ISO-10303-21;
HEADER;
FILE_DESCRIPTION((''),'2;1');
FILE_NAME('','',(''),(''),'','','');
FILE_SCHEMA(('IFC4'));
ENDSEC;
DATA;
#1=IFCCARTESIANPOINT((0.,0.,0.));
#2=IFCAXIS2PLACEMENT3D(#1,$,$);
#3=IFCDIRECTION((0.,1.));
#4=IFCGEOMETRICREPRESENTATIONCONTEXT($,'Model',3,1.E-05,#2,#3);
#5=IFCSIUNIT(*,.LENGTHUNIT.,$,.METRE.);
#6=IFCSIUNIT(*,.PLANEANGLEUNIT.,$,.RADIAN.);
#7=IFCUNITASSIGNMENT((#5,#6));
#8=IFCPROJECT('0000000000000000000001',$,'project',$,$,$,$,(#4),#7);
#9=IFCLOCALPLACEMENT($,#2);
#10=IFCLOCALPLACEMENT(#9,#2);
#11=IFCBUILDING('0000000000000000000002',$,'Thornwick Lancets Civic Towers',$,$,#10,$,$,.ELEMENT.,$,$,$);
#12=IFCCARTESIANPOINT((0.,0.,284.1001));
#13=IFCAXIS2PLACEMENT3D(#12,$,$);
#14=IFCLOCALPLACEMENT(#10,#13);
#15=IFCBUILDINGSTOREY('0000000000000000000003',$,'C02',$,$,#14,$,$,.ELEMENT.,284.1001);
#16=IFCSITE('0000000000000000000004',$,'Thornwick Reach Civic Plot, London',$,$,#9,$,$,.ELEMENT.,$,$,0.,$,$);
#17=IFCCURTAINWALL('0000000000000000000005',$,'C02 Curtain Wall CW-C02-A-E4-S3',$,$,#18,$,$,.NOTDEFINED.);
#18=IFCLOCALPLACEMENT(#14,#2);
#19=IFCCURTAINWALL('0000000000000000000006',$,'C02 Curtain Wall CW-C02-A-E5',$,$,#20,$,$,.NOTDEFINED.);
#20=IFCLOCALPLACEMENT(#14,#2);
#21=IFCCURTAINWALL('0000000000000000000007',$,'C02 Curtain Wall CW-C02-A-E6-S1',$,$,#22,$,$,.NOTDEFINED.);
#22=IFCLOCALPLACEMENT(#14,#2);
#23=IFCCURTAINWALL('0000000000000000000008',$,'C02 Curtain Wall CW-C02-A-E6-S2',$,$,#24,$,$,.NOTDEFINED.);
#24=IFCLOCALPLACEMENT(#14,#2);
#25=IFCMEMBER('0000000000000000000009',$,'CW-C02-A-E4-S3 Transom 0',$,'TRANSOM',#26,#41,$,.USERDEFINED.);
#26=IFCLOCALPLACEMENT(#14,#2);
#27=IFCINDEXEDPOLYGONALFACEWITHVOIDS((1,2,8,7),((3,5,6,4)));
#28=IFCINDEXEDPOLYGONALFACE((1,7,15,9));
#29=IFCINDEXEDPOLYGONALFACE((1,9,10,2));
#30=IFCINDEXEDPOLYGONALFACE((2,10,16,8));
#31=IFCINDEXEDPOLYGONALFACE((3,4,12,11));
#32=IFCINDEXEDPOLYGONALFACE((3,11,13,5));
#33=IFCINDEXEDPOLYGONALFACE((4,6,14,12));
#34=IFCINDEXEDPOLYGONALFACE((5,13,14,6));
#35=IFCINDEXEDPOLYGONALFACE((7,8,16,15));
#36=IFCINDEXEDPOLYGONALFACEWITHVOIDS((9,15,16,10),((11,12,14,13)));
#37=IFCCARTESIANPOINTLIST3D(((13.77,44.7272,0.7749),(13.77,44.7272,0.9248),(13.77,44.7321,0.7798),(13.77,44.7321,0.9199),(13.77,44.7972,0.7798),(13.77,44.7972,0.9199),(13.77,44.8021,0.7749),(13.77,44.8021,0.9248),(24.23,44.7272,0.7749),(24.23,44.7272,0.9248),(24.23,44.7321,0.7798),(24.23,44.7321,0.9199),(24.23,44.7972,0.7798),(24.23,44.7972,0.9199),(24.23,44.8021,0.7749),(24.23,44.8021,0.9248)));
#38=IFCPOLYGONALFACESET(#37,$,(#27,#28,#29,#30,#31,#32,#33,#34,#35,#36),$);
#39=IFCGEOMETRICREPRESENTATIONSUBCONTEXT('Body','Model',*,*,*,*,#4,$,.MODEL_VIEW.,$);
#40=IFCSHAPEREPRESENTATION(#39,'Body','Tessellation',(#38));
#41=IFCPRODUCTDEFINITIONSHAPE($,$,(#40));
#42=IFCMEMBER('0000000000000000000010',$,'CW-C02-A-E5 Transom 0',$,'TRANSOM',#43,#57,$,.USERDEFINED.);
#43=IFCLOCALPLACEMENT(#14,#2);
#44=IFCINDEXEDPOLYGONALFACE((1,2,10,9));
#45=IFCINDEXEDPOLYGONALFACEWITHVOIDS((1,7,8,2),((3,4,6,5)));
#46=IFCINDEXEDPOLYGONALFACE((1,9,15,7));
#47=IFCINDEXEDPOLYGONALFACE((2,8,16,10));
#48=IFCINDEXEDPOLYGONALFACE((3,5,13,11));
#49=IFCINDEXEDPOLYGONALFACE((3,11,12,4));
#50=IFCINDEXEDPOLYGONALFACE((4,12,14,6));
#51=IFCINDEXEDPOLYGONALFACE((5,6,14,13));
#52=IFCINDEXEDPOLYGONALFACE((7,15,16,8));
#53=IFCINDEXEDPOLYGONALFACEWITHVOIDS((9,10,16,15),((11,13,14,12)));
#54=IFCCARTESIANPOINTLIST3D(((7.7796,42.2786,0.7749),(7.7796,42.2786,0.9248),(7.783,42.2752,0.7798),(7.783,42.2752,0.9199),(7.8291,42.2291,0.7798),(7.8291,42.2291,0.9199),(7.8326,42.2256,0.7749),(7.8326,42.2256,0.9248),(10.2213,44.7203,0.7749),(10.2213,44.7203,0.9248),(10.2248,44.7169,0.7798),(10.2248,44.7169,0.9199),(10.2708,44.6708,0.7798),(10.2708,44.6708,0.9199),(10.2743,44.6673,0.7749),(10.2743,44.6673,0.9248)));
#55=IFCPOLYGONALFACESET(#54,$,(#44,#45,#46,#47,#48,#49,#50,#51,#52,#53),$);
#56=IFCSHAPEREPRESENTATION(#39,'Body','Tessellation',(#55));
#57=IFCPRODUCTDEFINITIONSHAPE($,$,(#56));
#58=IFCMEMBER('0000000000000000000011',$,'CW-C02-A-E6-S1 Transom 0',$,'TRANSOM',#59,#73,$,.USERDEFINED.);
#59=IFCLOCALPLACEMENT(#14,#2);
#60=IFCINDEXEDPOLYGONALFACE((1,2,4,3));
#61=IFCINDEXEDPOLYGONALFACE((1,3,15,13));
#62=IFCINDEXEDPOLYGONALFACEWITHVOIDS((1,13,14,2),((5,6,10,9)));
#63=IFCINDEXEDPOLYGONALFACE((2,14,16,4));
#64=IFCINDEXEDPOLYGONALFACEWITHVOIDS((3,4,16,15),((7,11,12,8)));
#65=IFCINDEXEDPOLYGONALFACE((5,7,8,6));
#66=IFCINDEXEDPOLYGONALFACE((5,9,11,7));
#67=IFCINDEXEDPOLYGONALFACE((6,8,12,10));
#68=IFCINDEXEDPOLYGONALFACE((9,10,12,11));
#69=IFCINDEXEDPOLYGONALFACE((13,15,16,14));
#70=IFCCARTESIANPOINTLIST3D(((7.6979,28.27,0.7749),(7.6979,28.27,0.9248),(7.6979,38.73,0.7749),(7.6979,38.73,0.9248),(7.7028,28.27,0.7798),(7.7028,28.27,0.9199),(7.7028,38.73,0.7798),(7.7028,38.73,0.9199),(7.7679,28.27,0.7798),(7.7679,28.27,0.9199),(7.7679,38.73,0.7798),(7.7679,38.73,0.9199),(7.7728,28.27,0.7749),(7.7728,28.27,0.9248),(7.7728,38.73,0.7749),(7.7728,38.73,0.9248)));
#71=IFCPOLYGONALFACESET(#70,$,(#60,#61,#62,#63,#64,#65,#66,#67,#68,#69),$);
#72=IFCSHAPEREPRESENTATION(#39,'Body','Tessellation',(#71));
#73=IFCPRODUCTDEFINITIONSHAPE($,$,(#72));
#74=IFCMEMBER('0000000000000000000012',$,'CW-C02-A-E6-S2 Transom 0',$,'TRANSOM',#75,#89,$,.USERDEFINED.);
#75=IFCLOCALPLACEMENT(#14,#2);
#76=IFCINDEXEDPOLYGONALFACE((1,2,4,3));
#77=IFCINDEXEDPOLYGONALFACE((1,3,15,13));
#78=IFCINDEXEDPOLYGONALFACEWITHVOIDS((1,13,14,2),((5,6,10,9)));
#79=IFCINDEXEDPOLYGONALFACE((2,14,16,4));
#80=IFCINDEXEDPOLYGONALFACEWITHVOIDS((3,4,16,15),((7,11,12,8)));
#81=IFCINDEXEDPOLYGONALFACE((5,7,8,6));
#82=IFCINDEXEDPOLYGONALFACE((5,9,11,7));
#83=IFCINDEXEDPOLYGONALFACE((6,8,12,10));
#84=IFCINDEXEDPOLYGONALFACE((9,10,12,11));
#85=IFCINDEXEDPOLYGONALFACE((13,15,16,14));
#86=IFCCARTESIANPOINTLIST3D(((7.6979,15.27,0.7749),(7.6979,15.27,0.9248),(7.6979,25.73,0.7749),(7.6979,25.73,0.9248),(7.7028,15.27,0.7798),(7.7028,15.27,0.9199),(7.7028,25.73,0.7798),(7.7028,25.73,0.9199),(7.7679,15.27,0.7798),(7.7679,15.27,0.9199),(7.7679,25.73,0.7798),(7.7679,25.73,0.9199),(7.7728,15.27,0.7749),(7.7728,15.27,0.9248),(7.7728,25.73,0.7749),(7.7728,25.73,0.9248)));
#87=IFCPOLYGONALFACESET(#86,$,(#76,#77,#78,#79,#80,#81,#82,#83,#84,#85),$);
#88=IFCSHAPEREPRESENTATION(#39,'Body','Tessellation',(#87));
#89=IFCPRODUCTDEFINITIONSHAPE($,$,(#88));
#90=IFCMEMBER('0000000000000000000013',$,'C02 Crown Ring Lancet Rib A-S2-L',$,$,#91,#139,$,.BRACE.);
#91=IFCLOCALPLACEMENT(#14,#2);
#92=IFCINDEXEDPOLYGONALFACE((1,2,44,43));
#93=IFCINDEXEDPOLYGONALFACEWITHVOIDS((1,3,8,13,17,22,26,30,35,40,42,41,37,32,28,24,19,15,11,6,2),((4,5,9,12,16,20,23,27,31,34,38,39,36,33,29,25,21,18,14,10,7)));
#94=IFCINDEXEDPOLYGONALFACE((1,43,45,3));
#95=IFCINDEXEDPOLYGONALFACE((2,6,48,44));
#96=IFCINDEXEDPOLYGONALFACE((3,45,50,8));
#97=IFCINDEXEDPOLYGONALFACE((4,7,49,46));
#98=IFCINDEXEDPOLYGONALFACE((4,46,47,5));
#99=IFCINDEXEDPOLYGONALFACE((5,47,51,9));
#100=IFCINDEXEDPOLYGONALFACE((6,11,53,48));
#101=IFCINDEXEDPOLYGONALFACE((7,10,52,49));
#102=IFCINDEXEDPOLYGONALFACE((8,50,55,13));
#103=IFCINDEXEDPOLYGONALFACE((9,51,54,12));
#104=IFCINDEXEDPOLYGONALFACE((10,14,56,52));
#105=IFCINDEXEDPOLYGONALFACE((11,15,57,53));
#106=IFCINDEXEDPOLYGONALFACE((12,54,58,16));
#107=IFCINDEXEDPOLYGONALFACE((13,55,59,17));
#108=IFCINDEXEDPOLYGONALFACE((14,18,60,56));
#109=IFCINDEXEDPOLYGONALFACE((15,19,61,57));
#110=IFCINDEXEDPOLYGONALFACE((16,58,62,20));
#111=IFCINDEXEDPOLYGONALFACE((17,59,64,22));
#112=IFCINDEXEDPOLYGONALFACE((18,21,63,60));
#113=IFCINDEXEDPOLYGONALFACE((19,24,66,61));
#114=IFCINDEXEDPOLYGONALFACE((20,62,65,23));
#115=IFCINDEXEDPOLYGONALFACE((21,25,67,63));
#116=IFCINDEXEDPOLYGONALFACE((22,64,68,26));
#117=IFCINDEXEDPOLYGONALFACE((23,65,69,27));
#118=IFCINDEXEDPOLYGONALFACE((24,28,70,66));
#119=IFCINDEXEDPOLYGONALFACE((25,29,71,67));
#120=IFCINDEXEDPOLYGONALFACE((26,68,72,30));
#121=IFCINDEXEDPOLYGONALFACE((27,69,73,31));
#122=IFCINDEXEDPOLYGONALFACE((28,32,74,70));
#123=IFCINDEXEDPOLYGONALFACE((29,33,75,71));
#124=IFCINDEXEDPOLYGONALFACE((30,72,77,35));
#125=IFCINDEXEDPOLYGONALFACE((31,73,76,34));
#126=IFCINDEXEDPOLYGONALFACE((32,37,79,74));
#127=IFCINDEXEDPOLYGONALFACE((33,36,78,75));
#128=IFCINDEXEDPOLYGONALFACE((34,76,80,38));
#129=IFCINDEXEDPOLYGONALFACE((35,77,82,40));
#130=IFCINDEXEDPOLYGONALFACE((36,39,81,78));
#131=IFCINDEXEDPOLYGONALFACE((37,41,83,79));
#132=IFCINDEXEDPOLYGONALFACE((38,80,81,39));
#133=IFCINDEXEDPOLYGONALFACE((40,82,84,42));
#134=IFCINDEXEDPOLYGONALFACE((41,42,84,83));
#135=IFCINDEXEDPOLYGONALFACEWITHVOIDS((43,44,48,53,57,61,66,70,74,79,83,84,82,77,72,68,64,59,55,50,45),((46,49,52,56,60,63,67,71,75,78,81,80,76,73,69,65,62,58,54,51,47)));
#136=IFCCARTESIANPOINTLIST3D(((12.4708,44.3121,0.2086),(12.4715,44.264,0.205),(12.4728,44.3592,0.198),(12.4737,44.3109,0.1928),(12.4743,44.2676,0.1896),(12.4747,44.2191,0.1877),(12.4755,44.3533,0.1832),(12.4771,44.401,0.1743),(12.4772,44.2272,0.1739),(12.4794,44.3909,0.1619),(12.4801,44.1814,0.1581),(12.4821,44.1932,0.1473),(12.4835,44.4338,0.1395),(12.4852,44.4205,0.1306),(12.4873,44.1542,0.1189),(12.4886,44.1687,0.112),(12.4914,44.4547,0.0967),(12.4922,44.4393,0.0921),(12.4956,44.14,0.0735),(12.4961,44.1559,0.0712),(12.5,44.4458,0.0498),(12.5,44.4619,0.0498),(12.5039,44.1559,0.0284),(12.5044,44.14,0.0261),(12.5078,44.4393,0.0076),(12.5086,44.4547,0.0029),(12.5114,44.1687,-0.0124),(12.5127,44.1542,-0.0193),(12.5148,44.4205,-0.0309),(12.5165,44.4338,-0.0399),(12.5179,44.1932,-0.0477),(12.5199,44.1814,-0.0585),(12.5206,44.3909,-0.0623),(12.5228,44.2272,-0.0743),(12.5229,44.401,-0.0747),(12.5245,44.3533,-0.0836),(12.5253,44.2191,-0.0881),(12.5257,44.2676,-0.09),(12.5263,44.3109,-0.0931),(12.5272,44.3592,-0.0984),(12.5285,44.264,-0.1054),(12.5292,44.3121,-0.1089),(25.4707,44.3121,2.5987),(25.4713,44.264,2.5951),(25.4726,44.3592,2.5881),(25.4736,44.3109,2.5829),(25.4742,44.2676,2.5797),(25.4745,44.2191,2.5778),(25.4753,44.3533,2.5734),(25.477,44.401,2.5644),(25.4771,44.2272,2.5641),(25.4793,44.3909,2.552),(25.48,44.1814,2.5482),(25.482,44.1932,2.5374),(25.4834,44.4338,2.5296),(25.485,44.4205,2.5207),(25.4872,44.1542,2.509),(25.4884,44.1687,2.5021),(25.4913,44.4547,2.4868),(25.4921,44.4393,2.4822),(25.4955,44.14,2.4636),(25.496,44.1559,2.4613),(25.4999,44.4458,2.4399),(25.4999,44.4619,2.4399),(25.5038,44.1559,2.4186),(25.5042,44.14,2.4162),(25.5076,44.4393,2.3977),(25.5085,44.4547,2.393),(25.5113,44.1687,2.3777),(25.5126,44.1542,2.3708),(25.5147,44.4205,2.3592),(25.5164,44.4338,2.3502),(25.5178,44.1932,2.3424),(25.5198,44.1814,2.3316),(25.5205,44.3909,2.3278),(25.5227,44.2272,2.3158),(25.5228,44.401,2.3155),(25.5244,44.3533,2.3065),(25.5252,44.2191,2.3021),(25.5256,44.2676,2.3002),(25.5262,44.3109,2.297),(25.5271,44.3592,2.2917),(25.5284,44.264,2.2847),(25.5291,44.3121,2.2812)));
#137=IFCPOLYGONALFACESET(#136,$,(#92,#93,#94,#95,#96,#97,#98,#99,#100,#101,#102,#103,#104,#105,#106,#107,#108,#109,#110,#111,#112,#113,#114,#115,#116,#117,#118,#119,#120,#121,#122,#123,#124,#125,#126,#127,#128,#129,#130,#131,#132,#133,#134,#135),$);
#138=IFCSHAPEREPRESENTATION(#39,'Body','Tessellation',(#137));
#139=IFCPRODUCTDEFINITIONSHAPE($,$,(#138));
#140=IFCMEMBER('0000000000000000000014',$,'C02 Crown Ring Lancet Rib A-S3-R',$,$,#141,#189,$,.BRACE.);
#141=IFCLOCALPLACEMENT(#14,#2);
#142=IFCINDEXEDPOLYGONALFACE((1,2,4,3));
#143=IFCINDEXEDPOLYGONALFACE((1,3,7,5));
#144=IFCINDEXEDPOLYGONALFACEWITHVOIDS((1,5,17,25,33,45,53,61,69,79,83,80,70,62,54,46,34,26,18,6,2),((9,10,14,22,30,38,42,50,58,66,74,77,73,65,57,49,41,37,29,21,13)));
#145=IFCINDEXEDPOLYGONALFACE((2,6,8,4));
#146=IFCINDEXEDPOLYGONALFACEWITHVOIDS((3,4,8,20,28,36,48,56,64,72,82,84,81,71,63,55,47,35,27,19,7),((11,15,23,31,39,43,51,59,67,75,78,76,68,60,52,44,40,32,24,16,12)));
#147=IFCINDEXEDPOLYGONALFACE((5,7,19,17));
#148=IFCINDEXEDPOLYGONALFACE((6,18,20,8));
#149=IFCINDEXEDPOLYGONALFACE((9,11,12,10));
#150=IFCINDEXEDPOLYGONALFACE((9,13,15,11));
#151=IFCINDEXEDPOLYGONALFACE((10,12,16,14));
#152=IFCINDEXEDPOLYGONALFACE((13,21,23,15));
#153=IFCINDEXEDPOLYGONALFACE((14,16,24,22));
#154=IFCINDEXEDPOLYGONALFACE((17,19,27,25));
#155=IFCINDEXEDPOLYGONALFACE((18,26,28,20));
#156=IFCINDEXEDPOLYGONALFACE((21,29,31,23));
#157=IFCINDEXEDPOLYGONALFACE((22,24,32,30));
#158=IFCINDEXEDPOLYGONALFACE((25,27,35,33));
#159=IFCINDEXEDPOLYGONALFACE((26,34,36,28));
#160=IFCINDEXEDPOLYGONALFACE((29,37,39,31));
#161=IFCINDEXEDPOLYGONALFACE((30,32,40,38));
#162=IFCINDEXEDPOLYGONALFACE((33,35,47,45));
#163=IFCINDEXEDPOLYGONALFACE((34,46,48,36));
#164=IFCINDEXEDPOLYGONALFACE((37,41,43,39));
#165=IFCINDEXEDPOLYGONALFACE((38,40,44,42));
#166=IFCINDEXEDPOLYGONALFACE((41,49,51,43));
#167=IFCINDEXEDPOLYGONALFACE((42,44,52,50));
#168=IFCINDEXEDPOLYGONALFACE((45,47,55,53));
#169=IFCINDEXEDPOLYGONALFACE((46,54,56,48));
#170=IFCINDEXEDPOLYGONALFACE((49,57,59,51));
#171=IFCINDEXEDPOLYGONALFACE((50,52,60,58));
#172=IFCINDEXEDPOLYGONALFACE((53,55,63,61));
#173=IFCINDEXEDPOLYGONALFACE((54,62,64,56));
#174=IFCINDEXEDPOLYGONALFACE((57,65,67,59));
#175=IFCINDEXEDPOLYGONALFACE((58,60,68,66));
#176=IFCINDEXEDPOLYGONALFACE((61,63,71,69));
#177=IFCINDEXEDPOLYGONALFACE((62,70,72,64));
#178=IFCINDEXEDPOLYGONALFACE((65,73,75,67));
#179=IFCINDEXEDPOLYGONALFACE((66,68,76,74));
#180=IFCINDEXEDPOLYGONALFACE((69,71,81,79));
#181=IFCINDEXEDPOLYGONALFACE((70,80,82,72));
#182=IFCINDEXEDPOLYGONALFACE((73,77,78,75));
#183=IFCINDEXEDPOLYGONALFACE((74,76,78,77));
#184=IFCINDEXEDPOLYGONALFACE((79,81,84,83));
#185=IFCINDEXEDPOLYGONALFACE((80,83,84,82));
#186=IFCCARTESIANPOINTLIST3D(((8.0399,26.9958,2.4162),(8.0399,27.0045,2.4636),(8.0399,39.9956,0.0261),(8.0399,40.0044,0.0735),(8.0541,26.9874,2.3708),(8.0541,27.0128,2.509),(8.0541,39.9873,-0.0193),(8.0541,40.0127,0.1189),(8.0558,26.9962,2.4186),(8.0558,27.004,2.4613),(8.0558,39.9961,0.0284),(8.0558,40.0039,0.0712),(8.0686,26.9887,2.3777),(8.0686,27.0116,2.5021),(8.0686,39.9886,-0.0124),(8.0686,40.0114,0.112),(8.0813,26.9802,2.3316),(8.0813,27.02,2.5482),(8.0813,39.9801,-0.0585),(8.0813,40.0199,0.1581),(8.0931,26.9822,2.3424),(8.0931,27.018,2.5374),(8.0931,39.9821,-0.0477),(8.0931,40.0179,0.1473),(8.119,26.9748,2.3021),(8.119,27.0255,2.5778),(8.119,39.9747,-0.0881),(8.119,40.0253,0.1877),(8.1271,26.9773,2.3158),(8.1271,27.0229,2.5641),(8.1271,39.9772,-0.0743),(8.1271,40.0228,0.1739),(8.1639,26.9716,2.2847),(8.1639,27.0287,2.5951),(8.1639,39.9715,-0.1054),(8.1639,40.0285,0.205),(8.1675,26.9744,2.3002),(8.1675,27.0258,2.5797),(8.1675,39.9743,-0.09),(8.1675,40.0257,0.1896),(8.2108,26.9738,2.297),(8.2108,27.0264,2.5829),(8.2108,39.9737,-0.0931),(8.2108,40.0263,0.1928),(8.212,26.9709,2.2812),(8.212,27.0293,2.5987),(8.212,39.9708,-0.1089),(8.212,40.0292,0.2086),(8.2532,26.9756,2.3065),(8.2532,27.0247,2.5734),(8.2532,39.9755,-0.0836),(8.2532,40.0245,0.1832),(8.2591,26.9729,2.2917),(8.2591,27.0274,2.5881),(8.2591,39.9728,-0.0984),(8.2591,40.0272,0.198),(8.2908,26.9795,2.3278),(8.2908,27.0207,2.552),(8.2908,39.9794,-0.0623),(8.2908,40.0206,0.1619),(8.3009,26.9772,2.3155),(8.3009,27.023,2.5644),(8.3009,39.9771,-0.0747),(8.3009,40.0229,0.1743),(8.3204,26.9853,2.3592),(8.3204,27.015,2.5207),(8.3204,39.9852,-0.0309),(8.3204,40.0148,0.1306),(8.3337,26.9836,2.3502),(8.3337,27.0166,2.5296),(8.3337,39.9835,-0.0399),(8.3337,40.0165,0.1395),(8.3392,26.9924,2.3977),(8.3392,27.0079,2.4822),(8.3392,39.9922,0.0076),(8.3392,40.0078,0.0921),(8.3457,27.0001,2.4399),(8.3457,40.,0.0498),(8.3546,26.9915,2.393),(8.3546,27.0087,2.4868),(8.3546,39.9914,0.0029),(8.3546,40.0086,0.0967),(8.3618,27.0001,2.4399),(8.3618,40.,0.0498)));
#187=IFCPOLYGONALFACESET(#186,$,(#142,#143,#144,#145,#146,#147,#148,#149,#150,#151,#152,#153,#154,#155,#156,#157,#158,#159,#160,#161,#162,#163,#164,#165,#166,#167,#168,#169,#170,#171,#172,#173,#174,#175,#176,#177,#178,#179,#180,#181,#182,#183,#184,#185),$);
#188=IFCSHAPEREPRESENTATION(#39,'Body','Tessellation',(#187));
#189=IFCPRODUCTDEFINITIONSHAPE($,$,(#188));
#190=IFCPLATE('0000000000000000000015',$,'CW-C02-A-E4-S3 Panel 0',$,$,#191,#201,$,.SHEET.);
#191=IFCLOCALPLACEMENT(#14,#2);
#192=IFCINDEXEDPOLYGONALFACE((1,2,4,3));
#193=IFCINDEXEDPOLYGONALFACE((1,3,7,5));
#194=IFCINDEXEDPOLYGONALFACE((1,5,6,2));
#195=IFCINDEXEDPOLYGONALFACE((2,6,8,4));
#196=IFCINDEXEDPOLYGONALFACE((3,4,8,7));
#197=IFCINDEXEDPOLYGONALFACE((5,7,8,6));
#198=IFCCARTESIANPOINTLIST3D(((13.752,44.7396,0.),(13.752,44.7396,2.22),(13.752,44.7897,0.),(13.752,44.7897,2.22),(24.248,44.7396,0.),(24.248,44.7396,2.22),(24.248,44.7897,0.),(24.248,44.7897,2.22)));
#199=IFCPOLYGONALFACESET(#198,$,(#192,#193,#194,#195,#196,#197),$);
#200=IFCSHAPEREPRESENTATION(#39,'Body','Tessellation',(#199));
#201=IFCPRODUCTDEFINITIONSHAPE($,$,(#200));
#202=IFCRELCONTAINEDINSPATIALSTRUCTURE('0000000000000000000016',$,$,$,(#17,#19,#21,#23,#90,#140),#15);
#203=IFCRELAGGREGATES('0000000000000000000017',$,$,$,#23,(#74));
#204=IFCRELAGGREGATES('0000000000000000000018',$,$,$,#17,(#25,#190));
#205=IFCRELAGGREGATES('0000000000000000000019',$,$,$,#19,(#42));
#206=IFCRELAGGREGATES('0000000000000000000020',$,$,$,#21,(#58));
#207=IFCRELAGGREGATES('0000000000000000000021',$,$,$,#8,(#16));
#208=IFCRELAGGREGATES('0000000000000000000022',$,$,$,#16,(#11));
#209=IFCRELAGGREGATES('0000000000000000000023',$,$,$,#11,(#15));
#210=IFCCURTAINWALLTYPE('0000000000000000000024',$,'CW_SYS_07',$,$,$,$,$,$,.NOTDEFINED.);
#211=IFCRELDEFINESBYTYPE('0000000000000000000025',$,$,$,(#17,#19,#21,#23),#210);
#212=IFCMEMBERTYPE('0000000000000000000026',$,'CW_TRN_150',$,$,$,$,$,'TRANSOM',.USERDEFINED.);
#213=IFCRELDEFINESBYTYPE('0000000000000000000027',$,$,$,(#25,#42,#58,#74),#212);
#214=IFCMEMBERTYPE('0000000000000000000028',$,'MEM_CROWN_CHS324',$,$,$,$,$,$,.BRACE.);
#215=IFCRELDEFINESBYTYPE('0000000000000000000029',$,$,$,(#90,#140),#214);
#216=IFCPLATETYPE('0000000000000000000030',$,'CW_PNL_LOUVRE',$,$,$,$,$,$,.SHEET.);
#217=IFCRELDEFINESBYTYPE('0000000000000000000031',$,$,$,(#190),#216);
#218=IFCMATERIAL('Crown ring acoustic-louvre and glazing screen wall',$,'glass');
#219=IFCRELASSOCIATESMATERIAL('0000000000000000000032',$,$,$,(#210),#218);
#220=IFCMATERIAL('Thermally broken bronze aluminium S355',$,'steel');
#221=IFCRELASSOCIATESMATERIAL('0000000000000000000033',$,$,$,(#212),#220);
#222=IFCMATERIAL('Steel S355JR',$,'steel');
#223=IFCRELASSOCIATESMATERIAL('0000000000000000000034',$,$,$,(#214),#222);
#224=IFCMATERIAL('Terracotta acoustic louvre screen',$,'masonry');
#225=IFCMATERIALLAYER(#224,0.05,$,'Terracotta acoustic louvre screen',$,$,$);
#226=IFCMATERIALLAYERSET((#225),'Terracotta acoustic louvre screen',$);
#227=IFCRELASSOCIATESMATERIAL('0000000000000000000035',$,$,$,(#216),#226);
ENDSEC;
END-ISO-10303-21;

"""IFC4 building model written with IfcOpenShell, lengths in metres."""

from ifc_helpers import new_model, si_unit, direction, frame, origin, origin_2d, place, context, subcontext, project, spatial, rectangle, hollow_rectangle, hollow_circle, extrude, material, layer, layer_set, material_profile, profile_set, type_object, element, aggregate, save


model = new_model("IFC4")

# Units and contexts
model_context = context("Model", 3, precision=1e-05, world=origin(), true_north=direction((0.0, 1.0)))
body_context = subcontext(model_context, "Body", "Model", "MODEL_VIEW")
ifc_project = project(units=[si_unit("LENGTHUNIT", "METRE"), si_unit("PLANEANGLEUNIT", "RADIAN")], contexts=[model_context])

# Site, building, storey
site_placement = place(None, origin())
site = spatial("IfcSite", under=ifc_project, at=site_placement, Name="Thornwick Reach Civic Plot, London", CompositionType="ELEMENT", RefElevation=0.0)
building_placement = place(site_placement, origin())
building = spatial("IfcBuilding", under=site, at=building_placement, Name="Thornwick Lancets Civic Towers", CompositionType="ELEMENT")
storey_placement = place(building_placement, frame((0.0, 0.0, 284.1001)))
storey = spatial("IfcBuildingStorey", under=building, at=storey_placement, Name="C02", CompositionType="ELEMENT", Elevation=284.1001)

# Shared definitions
ifc_material_1 = material(Name="Steel S355JR", Category="steel")

# Curtain walls
ifc_material_2 = material(Name="Crown ring acoustic-louvre and glazing screen wall", Category="glass")
curtain_wall_type = type_object("IfcCurtainWallType", Name="CW_SYS_07", PredefinedType="NOTDEFINED", material=ifc_material_2)
curtain_wall_1_placement = place(storey_placement, origin())
curtain_wall_1 = element("IfcCurtainWall", 1, at=curtain_wall_1_placement, inside=storey, type_object=curtain_wall_type, Name="C02 Curtain Wall CW-C02-A-E4-S3", PredefinedType="NOTDEFINED")
ifc_material_3 = material(Name="Thermally broken bronze aluminium S355", Category="steel")
curtain_wall_2_placement = place(storey_placement, origin())
curtain_wall_2 = element("IfcCurtainWall", 2, at=curtain_wall_2_placement, inside=storey, type_object=curtain_wall_type, Name="C02 Curtain Wall CW-C02-A-E5", PredefinedType="NOTDEFINED")
curtain_wall_3_placement = place(storey_placement, origin())
curtain_wall_3 = element("IfcCurtainWall", 3, at=curtain_wall_3_placement, inside=storey, type_object=curtain_wall_type, Name="C02 Curtain Wall CW-C02-A-E6-S1", PredefinedType="NOTDEFINED")

# Curtain wall
curtain_wall_4_placement = place(storey_placement, origin())
curtain_wall_4 = element("IfcCurtainWall", 4, at=curtain_wall_4_placement, inside=storey, type_object=curtain_wall_type, Name="C02 Curtain Wall CW-C02-A-E6-S2", PredefinedType="NOTDEFINED")

# Members
ifc_material_profile_1 = material_profile(ifc_material_3, hollow_rectangle(XDim=0.075, YDim=0.1499, WallThickness=0.0049, at=origin_2d()), Name="RHS 150x75x5")
ifc_profile_set_1 = profile_set([ifc_material_profile_1], Name="Thermally broken bronze aluminium S355")
member_type_1 = type_object("IfcMemberType", Name="CW_TRN_150", ElementType="TRANSOM", PredefinedType="USERDEFINED", material=ifc_profile_set_1)
member_1_placement = place(storey_placement, frame((24.23, 44.7646, 0.8499), z_axis=(-1.0, 0.0, 0.0), x_axis=(0.0, -1.0, 0.0)))
member_1 = element("IfcMember", 5, at=member_1_placement, type_object=member_type_1, Name="CW-C02-A-E4-S3 Transom 0", ObjectType="TRANSOM", PredefinedType="USERDEFINED", context=body_context, shape_type="SweptSolid", body=[
    extrude(hollow_rectangle(XDim=0.075, YDim=0.1499, WallThickness=0.0049, at=origin_2d()), origin(), (0.0, 0.0, 1.0), 10.46),
])
member_2_placement = place(storey_placement, frame((10.2478, 44.6938, 0.8499), z_axis=(-0.707107, -0.707107, 0.0), x_axis=(0.707107, -0.707107, 0.0)))
member_2 = element("IfcMember", 6, at=member_2_placement, type_object=member_type_1, Name="CW-C02-A-E5 Transom 0", ObjectType="TRANSOM", PredefinedType="USERDEFINED", context=body_context, shape_type="SweptSolid", body=[
    extrude(hollow_rectangle(XDim=0.075, YDim=0.1499, WallThickness=0.0049, at=origin_2d()), origin(), (0.0, 0.0, 1.0), 3.4531),
])
member_3_placement = place(storey_placement, frame((7.7354, 38.73, 0.8499), z_axis=(0.0, -1.0, 0.0), x_axis=(1.0, 0.0, 0.0)))
member_3 = element("IfcMember", 7, at=member_3_placement, type_object=member_type_1, Name="CW-C02-A-E6-S1 Transom 0", ObjectType="TRANSOM", PredefinedType="USERDEFINED", context=body_context, shape_type="SweptSolid", body=[
    extrude(hollow_rectangle(XDim=0.075, YDim=0.1499, WallThickness=0.0049, at=origin_2d()), origin(), (0.0, 0.0, 1.0), 10.46),
])
member_4_placement = place(storey_placement, frame((7.7354, 25.73, 0.8499), z_axis=(0.0, -1.0, 0.0), x_axis=(1.0, 0.0, 0.0)))
member_4 = element("IfcMember", 8, at=member_4_placement, type_object=member_type_1, Name="CW-C02-A-E6-S2 Transom 0", ObjectType="TRANSOM", PredefinedType="USERDEFINED", context=body_context, shape_type="SweptSolid", body=[
    extrude(hollow_rectangle(XDim=0.075, YDim=0.1499, WallThickness=0.0049, at=origin_2d()), origin(), (0.0, 0.0, 1.0), 10.46),
])
aggregate(curtain_wall_4, [member_4])

# Members
ifc_material_profile_2 = material_profile(ifc_material_1, hollow_circle(Radius=0.1619, WallThickness=0.0161, at=origin_2d()), Name="CHS 323.9x16")
ifc_profile_set_2 = profile_set([ifc_material_profile_2], Name="Steel S355JR")
member_type_2 = type_object("IfcMemberType", Name="MEM_CROWN_CHS324", PredefinedType="BRACE", material=ifc_profile_set_2)
for number, where, z_axis, x_axis, name in (
    (9, (12.5, 44.3, 0.0498), (0.983515, 0.0, 0.180826), (0.0, 1.0, 0.0), "C02 Crown Ring Lancet Rib A-S2-L"),
    (10, (8.2, 40.0, 0.0498), (0.0, -0.983515, 0.180826), (1.0, 0.0, 0.0), "C02 Crown Ring Lancet Rib A-S3-R"),
):
    element("IfcMember", number, at=place(storey_placement, frame(where, z_axis=z_axis, x_axis=x_axis)), inside=storey, type_object=member_type_2, Name=name, PredefinedType="BRACE", context=body_context, shape_type="SweptSolid", body=[
        extrude(hollow_circle(Radius=0.1619, WallThickness=0.0161, at=origin_2d()), origin(), (0.0, 0.0, 1.0), 13.2178),
    ])

# Plate
ifc_material_4 = material(Name="Terracotta acoustic louvre screen", Category="masonry")
ifc_layer_1 = layer(ifc_material_4, 0.05, Name="Terracotta acoustic louvre screen")
ifc_layer_set_1 = layer_set([ifc_layer_1], Name="Terracotta acoustic louvre screen")
plate_type_1 = type_object("IfcPlateType", Name="CW_PNL_LOUVRE", PredefinedType="SHEET", material=ifc_layer_set_1)
plate_1_placement = place(storey_placement, frame((19.0, 44.7646, 0.0), z_axis=(0.0, 0.0, 1.0), x_axis=(-1.0, 0.0, 0.0)))
plate_1 = element("IfcPlate", 11, at=plate_1_placement, type_object=plate_type_1, Name="CW-C02-A-E4-S3 Panel 0", PredefinedType="SHEET", context=body_context, shape_type="SweptSolid", body=[
    extrude(rectangle(XDim=10.4961, YDim=0.05, at=origin_2d()), origin(), (0.0, 0.0, 1.0), 2.22),
])
aggregate(curtain_wall_1, [member_1, plate_1])
aggregate(curtain_wall_2, [member_2])
aggregate(curtain_wall_3, [member_3])

save(model, "model.ifc")
